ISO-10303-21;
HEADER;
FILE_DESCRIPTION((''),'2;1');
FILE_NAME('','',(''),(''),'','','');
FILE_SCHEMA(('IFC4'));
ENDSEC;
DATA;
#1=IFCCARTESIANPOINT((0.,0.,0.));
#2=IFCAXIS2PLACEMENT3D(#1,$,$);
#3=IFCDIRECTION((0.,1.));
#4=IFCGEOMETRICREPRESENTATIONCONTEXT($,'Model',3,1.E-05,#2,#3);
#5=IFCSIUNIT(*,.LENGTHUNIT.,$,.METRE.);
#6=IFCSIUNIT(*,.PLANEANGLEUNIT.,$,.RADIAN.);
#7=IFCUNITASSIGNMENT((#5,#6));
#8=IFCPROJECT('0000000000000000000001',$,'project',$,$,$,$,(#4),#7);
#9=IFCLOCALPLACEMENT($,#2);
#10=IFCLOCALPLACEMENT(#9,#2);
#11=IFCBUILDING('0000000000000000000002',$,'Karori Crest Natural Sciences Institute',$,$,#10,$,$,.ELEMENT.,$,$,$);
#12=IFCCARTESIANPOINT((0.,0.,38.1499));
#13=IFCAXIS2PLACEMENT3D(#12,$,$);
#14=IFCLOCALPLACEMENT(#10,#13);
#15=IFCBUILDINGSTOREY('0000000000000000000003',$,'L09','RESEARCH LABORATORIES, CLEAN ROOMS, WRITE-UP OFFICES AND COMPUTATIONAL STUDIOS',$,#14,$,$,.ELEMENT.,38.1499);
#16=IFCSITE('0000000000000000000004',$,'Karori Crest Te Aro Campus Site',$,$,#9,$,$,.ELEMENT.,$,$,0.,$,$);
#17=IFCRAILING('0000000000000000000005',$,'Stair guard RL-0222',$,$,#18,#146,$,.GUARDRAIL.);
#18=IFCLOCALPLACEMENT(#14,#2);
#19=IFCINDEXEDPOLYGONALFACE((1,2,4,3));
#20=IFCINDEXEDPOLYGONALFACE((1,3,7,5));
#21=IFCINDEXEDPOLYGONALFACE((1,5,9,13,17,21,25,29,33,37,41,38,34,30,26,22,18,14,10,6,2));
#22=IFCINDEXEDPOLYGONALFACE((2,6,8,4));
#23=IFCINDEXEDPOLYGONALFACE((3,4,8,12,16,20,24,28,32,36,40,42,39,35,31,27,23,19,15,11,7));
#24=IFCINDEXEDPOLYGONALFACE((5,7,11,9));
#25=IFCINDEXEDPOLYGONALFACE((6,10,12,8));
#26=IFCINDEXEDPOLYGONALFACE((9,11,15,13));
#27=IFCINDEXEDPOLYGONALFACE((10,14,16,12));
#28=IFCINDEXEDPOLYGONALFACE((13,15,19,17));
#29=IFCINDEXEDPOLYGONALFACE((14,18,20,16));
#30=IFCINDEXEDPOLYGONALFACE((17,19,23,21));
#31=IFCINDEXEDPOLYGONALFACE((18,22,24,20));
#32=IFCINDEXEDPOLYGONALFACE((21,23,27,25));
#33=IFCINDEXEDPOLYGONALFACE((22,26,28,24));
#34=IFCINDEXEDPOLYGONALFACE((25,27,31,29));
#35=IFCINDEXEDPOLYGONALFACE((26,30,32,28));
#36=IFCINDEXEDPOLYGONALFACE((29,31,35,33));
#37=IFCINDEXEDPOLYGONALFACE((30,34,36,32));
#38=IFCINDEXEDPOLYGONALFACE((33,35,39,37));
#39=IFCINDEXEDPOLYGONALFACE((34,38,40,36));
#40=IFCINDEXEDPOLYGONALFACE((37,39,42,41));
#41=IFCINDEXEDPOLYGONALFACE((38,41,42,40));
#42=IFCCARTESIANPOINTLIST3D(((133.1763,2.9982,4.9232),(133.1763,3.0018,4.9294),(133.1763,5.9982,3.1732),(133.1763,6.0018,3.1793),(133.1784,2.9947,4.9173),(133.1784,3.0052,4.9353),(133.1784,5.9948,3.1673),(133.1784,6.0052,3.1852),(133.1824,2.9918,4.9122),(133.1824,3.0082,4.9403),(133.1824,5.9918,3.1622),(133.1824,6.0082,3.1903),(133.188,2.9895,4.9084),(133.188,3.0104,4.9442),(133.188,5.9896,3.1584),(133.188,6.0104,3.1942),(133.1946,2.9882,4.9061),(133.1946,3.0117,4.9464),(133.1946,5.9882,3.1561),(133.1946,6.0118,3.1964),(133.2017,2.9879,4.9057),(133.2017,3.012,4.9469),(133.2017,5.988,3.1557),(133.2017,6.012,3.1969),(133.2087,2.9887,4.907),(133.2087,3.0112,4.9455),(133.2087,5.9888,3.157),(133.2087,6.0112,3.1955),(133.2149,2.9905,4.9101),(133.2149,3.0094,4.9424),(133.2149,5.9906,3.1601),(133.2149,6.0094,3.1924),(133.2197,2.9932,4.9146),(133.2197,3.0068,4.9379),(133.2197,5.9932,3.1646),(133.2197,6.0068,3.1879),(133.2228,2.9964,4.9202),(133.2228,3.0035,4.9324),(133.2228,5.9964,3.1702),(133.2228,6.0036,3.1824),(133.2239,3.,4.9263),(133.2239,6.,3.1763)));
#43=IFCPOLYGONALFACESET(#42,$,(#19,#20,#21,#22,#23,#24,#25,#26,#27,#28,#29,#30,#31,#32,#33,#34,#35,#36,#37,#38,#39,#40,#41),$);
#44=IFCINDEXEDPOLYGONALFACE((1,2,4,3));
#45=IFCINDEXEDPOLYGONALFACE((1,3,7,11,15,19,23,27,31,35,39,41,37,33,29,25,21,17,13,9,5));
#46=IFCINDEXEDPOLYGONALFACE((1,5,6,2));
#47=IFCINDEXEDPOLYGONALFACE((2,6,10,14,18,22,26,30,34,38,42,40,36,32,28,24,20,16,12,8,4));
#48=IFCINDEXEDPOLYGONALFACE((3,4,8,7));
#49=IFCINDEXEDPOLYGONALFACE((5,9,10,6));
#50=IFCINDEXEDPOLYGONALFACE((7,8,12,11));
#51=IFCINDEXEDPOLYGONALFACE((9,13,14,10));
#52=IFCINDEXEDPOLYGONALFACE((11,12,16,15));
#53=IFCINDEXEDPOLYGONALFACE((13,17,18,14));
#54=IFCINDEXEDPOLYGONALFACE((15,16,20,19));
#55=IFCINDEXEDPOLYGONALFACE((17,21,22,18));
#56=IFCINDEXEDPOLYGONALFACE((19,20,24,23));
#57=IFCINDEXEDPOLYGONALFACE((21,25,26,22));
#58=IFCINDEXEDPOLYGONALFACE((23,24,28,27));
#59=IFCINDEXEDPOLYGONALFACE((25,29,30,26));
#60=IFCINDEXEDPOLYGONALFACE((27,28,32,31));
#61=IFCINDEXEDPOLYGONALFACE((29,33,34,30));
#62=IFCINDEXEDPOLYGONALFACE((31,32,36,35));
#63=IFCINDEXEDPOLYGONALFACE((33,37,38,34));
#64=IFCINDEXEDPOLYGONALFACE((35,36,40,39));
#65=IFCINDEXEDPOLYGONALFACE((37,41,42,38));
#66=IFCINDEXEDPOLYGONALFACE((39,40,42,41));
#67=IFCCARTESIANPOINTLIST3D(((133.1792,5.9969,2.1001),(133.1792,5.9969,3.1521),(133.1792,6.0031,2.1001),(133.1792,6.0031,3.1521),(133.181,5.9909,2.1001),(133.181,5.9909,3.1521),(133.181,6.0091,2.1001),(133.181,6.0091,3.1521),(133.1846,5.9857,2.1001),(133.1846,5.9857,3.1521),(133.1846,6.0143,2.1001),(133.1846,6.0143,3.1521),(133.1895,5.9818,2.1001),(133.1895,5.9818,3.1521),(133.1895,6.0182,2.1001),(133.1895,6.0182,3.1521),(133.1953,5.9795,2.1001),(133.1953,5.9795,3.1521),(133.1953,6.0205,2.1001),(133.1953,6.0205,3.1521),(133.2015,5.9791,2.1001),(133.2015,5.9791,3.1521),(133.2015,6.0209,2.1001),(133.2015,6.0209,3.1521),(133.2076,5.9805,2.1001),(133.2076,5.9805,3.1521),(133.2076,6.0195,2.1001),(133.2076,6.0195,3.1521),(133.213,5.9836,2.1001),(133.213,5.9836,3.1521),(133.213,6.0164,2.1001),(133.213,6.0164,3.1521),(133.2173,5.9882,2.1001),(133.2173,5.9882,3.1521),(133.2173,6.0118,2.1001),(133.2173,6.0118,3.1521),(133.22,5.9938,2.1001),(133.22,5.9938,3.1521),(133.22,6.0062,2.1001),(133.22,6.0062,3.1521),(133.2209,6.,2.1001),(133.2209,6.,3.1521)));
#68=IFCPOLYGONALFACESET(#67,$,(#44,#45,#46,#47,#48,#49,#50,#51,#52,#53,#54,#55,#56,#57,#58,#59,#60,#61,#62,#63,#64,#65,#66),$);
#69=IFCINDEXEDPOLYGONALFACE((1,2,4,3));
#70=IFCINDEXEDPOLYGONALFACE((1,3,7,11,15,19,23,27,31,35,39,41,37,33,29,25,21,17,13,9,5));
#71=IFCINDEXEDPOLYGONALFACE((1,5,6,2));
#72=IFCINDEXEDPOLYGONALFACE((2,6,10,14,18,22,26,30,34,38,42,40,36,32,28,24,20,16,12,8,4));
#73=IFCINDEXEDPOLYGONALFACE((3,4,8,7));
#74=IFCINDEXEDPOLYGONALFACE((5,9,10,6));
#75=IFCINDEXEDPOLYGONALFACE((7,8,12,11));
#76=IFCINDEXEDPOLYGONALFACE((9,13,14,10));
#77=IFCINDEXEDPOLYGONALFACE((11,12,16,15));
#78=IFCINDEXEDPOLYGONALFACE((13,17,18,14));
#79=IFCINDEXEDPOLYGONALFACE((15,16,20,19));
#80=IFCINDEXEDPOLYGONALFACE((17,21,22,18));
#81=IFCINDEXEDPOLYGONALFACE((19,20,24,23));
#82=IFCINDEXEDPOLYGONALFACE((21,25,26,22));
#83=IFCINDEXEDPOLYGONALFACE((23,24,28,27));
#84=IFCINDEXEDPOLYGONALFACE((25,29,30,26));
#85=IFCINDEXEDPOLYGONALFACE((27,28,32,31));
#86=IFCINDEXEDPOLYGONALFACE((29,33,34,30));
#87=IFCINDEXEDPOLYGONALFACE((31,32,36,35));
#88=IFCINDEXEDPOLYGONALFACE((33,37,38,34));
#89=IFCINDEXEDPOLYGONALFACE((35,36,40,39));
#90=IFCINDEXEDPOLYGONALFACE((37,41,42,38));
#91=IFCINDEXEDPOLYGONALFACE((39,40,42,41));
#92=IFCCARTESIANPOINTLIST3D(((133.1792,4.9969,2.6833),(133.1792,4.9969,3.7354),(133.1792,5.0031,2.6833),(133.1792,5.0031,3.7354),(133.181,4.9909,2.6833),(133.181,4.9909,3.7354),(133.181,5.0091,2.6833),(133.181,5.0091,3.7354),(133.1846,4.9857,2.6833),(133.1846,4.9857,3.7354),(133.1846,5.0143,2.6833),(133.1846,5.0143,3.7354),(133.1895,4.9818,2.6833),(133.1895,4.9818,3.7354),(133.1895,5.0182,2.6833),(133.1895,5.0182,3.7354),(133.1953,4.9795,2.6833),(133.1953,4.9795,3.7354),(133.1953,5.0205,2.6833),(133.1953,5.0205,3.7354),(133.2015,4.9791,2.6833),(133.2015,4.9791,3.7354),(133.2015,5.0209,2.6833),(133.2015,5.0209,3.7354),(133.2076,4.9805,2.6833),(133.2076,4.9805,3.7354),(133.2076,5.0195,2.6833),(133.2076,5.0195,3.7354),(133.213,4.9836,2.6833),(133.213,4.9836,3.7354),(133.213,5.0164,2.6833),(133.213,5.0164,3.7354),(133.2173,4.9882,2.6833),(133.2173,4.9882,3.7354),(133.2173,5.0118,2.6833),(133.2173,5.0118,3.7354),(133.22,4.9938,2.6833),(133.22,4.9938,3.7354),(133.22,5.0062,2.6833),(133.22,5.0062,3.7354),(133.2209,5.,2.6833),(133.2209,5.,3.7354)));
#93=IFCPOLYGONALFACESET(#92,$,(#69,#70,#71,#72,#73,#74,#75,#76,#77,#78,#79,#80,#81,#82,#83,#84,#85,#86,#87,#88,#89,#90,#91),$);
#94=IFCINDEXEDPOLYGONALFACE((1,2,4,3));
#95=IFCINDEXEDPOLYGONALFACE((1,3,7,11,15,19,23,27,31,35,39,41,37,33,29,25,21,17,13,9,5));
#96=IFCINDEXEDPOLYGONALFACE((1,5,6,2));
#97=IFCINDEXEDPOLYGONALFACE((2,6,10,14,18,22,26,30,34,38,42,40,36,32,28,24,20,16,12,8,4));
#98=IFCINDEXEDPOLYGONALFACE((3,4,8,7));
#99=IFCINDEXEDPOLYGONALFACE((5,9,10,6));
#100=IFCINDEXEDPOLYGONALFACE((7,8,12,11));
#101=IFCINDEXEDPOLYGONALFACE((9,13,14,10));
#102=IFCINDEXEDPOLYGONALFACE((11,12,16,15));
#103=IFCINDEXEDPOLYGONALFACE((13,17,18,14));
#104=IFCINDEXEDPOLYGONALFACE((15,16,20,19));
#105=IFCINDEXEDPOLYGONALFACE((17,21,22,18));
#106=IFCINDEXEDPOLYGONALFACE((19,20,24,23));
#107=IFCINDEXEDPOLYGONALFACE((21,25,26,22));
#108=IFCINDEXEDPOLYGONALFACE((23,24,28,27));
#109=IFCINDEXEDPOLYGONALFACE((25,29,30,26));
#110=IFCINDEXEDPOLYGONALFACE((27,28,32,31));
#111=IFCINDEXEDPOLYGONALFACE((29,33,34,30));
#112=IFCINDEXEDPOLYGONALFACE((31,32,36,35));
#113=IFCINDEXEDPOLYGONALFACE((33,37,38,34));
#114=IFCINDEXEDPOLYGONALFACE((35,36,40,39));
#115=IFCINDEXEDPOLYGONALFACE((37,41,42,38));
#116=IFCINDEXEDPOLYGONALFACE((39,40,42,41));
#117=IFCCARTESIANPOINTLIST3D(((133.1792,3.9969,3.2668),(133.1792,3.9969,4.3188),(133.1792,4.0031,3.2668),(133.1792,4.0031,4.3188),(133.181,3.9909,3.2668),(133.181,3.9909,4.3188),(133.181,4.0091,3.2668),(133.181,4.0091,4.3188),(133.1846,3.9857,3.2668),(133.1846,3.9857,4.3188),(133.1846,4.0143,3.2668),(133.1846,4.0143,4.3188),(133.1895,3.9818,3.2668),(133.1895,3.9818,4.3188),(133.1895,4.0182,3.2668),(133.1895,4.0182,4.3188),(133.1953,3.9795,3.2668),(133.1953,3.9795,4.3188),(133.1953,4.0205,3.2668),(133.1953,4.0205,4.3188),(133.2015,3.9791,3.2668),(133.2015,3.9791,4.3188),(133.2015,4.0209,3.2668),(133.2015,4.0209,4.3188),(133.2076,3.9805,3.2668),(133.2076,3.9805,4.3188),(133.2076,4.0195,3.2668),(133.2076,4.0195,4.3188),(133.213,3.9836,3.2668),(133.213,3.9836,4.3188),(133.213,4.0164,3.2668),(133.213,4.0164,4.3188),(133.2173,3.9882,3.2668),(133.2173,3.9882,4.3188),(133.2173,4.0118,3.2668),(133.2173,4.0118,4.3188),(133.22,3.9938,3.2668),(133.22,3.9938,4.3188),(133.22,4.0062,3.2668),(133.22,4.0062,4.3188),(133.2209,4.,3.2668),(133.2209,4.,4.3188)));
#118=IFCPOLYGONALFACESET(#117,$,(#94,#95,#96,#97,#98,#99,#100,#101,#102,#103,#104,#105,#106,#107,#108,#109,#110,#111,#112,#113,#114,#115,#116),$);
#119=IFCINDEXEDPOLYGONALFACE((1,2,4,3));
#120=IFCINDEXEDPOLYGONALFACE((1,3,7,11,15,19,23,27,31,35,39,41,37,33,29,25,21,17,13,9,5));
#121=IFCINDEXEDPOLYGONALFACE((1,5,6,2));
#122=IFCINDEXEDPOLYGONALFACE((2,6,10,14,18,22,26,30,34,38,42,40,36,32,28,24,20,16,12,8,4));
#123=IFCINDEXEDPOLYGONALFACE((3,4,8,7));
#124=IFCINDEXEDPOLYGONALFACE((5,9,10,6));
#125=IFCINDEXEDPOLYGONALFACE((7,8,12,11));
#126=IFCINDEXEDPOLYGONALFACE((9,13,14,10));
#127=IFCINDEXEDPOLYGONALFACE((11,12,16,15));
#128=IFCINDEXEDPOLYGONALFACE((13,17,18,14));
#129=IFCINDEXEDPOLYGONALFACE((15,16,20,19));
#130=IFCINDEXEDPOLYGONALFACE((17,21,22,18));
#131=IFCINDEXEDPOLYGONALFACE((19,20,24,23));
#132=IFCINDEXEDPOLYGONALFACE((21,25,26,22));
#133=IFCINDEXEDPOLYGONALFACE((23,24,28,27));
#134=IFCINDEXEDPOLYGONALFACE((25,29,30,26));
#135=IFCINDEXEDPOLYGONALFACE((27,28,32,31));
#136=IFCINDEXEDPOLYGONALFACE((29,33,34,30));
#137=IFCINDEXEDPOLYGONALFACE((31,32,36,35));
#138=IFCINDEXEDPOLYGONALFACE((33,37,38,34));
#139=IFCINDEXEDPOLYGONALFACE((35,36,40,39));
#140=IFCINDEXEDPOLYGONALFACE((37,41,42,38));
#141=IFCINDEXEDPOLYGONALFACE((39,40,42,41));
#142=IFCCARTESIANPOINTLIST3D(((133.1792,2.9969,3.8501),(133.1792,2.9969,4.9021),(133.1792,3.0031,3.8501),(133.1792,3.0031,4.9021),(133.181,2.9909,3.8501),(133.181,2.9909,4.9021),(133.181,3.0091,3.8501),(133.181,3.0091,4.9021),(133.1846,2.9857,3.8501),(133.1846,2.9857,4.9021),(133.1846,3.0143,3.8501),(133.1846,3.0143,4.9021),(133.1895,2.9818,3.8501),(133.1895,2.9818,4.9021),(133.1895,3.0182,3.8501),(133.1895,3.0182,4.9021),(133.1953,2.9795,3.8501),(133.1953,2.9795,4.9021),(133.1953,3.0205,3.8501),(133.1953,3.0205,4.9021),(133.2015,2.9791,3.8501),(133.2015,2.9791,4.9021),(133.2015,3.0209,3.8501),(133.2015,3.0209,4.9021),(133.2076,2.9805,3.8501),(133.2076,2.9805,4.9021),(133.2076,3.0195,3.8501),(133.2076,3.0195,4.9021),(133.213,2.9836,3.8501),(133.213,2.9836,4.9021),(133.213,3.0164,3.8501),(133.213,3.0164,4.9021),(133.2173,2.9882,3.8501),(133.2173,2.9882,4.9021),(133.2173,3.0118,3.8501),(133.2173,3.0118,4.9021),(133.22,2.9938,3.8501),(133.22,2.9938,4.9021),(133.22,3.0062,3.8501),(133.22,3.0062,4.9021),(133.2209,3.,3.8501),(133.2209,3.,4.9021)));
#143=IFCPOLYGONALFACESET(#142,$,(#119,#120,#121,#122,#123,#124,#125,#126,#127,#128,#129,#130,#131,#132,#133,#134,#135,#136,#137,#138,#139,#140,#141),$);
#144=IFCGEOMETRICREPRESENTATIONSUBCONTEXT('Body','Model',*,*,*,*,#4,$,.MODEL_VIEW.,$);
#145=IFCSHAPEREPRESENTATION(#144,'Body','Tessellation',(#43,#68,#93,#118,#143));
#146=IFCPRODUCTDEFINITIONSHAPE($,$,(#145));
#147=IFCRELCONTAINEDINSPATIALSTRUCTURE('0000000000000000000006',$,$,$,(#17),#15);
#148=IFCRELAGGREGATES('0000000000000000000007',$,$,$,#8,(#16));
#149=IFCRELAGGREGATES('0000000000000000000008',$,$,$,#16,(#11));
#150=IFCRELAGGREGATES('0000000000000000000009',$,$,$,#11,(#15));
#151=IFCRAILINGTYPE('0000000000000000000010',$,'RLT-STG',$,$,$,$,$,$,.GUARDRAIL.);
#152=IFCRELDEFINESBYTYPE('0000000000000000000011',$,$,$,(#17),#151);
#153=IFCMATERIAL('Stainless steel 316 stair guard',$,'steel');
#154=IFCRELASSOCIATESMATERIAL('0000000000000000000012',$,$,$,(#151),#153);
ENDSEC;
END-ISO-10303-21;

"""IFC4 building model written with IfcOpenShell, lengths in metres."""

from ifc_helpers import new_model, si_unit, direction, frame, origin, origin_2d, place, context, subcontext, project, spatial, circle, extrude, material, type_object, element, save


model = new_model("IFC4")

# Units and contexts
model_context = context("Model", 3, precision=1e-05, world=origin(), true_north=direction((0.0, 1.0)))
body_context = subcontext(model_context, "Body", "Model", "MODEL_VIEW")
ifc_project = project(units=[si_unit("LENGTHUNIT", "METRE"), si_unit("PLANEANGLEUNIT", "RADIAN")], contexts=[model_context])

# Site, building, storey
site_placement = place(None, origin())
site = spatial("IfcSite", under=ifc_project, at=site_placement, Name="Karori Crest Te Aro Campus Site", CompositionType="ELEMENT", RefElevation=0.0)
building_placement = place(site_placement, origin())
building = spatial("IfcBuilding", under=site, at=building_placement, Name="Karori Crest Natural Sciences Institute", CompositionType="ELEMENT")
storey_placement = place(building_placement, frame((0.0, 0.0, 38.1499)))
storey = spatial("IfcBuildingStorey", under=building, at=storey_placement, Name="L09", Description="RESEARCH LABORATORIES, CLEAN ROOMS, WRITE-UP OFFICES AND COMPUTATIONAL STUDIOS", CompositionType="ELEMENT", Elevation=38.1499)

# Railing
ifc_material_1 = material(Name="Stainless steel 316 stair guard", Category="steel")
railing_type_1 = type_object("IfcRailingType", Name="RLT-STG", PredefinedType="GUARDRAIL", material=ifc_material_1)
railing_1_placement = place(storey_placement, frame((133.2, 6.0, 2.1001)))
element("IfcRailing", 1, at=railing_1_placement, inside=storey, type_object=railing_type_1, Name="Stair guard RL-0222", PredefinedType="GUARDRAIL", context=body_context, shape_type="SweptSolid", body=[
    extrude(circle(Radius=0.0239, at=origin_2d()), frame((0.0, 0.0, 1.0762), z_axis=(0.0, -0.863779, 0.503871), x_axis=(1.0, 0.0, 0.0)), (0.0, 0.0, 1.0), 3.4731),
    extrude(circle(Radius=0.021, at=origin_2d()), origin(), (0.0, 0.0, 1.0), 1.052),
    extrude(circle(Radius=0.021, at=origin_2d()), frame((0.0, -1.0, 0.5833)), (0.0, 0.0, 1.0), 1.052),
    extrude(circle(Radius=0.021, at=origin_2d()), frame((0.0, -2.0, 1.1667)), (0.0, 0.0, 1.0), 1.052),
    extrude(circle(Radius=0.021, at=origin_2d()), frame((0.0, -3.0, 1.75)), (0.0, 0.0, 1.0), 1.052),
])

save(model, "model.ifc")
